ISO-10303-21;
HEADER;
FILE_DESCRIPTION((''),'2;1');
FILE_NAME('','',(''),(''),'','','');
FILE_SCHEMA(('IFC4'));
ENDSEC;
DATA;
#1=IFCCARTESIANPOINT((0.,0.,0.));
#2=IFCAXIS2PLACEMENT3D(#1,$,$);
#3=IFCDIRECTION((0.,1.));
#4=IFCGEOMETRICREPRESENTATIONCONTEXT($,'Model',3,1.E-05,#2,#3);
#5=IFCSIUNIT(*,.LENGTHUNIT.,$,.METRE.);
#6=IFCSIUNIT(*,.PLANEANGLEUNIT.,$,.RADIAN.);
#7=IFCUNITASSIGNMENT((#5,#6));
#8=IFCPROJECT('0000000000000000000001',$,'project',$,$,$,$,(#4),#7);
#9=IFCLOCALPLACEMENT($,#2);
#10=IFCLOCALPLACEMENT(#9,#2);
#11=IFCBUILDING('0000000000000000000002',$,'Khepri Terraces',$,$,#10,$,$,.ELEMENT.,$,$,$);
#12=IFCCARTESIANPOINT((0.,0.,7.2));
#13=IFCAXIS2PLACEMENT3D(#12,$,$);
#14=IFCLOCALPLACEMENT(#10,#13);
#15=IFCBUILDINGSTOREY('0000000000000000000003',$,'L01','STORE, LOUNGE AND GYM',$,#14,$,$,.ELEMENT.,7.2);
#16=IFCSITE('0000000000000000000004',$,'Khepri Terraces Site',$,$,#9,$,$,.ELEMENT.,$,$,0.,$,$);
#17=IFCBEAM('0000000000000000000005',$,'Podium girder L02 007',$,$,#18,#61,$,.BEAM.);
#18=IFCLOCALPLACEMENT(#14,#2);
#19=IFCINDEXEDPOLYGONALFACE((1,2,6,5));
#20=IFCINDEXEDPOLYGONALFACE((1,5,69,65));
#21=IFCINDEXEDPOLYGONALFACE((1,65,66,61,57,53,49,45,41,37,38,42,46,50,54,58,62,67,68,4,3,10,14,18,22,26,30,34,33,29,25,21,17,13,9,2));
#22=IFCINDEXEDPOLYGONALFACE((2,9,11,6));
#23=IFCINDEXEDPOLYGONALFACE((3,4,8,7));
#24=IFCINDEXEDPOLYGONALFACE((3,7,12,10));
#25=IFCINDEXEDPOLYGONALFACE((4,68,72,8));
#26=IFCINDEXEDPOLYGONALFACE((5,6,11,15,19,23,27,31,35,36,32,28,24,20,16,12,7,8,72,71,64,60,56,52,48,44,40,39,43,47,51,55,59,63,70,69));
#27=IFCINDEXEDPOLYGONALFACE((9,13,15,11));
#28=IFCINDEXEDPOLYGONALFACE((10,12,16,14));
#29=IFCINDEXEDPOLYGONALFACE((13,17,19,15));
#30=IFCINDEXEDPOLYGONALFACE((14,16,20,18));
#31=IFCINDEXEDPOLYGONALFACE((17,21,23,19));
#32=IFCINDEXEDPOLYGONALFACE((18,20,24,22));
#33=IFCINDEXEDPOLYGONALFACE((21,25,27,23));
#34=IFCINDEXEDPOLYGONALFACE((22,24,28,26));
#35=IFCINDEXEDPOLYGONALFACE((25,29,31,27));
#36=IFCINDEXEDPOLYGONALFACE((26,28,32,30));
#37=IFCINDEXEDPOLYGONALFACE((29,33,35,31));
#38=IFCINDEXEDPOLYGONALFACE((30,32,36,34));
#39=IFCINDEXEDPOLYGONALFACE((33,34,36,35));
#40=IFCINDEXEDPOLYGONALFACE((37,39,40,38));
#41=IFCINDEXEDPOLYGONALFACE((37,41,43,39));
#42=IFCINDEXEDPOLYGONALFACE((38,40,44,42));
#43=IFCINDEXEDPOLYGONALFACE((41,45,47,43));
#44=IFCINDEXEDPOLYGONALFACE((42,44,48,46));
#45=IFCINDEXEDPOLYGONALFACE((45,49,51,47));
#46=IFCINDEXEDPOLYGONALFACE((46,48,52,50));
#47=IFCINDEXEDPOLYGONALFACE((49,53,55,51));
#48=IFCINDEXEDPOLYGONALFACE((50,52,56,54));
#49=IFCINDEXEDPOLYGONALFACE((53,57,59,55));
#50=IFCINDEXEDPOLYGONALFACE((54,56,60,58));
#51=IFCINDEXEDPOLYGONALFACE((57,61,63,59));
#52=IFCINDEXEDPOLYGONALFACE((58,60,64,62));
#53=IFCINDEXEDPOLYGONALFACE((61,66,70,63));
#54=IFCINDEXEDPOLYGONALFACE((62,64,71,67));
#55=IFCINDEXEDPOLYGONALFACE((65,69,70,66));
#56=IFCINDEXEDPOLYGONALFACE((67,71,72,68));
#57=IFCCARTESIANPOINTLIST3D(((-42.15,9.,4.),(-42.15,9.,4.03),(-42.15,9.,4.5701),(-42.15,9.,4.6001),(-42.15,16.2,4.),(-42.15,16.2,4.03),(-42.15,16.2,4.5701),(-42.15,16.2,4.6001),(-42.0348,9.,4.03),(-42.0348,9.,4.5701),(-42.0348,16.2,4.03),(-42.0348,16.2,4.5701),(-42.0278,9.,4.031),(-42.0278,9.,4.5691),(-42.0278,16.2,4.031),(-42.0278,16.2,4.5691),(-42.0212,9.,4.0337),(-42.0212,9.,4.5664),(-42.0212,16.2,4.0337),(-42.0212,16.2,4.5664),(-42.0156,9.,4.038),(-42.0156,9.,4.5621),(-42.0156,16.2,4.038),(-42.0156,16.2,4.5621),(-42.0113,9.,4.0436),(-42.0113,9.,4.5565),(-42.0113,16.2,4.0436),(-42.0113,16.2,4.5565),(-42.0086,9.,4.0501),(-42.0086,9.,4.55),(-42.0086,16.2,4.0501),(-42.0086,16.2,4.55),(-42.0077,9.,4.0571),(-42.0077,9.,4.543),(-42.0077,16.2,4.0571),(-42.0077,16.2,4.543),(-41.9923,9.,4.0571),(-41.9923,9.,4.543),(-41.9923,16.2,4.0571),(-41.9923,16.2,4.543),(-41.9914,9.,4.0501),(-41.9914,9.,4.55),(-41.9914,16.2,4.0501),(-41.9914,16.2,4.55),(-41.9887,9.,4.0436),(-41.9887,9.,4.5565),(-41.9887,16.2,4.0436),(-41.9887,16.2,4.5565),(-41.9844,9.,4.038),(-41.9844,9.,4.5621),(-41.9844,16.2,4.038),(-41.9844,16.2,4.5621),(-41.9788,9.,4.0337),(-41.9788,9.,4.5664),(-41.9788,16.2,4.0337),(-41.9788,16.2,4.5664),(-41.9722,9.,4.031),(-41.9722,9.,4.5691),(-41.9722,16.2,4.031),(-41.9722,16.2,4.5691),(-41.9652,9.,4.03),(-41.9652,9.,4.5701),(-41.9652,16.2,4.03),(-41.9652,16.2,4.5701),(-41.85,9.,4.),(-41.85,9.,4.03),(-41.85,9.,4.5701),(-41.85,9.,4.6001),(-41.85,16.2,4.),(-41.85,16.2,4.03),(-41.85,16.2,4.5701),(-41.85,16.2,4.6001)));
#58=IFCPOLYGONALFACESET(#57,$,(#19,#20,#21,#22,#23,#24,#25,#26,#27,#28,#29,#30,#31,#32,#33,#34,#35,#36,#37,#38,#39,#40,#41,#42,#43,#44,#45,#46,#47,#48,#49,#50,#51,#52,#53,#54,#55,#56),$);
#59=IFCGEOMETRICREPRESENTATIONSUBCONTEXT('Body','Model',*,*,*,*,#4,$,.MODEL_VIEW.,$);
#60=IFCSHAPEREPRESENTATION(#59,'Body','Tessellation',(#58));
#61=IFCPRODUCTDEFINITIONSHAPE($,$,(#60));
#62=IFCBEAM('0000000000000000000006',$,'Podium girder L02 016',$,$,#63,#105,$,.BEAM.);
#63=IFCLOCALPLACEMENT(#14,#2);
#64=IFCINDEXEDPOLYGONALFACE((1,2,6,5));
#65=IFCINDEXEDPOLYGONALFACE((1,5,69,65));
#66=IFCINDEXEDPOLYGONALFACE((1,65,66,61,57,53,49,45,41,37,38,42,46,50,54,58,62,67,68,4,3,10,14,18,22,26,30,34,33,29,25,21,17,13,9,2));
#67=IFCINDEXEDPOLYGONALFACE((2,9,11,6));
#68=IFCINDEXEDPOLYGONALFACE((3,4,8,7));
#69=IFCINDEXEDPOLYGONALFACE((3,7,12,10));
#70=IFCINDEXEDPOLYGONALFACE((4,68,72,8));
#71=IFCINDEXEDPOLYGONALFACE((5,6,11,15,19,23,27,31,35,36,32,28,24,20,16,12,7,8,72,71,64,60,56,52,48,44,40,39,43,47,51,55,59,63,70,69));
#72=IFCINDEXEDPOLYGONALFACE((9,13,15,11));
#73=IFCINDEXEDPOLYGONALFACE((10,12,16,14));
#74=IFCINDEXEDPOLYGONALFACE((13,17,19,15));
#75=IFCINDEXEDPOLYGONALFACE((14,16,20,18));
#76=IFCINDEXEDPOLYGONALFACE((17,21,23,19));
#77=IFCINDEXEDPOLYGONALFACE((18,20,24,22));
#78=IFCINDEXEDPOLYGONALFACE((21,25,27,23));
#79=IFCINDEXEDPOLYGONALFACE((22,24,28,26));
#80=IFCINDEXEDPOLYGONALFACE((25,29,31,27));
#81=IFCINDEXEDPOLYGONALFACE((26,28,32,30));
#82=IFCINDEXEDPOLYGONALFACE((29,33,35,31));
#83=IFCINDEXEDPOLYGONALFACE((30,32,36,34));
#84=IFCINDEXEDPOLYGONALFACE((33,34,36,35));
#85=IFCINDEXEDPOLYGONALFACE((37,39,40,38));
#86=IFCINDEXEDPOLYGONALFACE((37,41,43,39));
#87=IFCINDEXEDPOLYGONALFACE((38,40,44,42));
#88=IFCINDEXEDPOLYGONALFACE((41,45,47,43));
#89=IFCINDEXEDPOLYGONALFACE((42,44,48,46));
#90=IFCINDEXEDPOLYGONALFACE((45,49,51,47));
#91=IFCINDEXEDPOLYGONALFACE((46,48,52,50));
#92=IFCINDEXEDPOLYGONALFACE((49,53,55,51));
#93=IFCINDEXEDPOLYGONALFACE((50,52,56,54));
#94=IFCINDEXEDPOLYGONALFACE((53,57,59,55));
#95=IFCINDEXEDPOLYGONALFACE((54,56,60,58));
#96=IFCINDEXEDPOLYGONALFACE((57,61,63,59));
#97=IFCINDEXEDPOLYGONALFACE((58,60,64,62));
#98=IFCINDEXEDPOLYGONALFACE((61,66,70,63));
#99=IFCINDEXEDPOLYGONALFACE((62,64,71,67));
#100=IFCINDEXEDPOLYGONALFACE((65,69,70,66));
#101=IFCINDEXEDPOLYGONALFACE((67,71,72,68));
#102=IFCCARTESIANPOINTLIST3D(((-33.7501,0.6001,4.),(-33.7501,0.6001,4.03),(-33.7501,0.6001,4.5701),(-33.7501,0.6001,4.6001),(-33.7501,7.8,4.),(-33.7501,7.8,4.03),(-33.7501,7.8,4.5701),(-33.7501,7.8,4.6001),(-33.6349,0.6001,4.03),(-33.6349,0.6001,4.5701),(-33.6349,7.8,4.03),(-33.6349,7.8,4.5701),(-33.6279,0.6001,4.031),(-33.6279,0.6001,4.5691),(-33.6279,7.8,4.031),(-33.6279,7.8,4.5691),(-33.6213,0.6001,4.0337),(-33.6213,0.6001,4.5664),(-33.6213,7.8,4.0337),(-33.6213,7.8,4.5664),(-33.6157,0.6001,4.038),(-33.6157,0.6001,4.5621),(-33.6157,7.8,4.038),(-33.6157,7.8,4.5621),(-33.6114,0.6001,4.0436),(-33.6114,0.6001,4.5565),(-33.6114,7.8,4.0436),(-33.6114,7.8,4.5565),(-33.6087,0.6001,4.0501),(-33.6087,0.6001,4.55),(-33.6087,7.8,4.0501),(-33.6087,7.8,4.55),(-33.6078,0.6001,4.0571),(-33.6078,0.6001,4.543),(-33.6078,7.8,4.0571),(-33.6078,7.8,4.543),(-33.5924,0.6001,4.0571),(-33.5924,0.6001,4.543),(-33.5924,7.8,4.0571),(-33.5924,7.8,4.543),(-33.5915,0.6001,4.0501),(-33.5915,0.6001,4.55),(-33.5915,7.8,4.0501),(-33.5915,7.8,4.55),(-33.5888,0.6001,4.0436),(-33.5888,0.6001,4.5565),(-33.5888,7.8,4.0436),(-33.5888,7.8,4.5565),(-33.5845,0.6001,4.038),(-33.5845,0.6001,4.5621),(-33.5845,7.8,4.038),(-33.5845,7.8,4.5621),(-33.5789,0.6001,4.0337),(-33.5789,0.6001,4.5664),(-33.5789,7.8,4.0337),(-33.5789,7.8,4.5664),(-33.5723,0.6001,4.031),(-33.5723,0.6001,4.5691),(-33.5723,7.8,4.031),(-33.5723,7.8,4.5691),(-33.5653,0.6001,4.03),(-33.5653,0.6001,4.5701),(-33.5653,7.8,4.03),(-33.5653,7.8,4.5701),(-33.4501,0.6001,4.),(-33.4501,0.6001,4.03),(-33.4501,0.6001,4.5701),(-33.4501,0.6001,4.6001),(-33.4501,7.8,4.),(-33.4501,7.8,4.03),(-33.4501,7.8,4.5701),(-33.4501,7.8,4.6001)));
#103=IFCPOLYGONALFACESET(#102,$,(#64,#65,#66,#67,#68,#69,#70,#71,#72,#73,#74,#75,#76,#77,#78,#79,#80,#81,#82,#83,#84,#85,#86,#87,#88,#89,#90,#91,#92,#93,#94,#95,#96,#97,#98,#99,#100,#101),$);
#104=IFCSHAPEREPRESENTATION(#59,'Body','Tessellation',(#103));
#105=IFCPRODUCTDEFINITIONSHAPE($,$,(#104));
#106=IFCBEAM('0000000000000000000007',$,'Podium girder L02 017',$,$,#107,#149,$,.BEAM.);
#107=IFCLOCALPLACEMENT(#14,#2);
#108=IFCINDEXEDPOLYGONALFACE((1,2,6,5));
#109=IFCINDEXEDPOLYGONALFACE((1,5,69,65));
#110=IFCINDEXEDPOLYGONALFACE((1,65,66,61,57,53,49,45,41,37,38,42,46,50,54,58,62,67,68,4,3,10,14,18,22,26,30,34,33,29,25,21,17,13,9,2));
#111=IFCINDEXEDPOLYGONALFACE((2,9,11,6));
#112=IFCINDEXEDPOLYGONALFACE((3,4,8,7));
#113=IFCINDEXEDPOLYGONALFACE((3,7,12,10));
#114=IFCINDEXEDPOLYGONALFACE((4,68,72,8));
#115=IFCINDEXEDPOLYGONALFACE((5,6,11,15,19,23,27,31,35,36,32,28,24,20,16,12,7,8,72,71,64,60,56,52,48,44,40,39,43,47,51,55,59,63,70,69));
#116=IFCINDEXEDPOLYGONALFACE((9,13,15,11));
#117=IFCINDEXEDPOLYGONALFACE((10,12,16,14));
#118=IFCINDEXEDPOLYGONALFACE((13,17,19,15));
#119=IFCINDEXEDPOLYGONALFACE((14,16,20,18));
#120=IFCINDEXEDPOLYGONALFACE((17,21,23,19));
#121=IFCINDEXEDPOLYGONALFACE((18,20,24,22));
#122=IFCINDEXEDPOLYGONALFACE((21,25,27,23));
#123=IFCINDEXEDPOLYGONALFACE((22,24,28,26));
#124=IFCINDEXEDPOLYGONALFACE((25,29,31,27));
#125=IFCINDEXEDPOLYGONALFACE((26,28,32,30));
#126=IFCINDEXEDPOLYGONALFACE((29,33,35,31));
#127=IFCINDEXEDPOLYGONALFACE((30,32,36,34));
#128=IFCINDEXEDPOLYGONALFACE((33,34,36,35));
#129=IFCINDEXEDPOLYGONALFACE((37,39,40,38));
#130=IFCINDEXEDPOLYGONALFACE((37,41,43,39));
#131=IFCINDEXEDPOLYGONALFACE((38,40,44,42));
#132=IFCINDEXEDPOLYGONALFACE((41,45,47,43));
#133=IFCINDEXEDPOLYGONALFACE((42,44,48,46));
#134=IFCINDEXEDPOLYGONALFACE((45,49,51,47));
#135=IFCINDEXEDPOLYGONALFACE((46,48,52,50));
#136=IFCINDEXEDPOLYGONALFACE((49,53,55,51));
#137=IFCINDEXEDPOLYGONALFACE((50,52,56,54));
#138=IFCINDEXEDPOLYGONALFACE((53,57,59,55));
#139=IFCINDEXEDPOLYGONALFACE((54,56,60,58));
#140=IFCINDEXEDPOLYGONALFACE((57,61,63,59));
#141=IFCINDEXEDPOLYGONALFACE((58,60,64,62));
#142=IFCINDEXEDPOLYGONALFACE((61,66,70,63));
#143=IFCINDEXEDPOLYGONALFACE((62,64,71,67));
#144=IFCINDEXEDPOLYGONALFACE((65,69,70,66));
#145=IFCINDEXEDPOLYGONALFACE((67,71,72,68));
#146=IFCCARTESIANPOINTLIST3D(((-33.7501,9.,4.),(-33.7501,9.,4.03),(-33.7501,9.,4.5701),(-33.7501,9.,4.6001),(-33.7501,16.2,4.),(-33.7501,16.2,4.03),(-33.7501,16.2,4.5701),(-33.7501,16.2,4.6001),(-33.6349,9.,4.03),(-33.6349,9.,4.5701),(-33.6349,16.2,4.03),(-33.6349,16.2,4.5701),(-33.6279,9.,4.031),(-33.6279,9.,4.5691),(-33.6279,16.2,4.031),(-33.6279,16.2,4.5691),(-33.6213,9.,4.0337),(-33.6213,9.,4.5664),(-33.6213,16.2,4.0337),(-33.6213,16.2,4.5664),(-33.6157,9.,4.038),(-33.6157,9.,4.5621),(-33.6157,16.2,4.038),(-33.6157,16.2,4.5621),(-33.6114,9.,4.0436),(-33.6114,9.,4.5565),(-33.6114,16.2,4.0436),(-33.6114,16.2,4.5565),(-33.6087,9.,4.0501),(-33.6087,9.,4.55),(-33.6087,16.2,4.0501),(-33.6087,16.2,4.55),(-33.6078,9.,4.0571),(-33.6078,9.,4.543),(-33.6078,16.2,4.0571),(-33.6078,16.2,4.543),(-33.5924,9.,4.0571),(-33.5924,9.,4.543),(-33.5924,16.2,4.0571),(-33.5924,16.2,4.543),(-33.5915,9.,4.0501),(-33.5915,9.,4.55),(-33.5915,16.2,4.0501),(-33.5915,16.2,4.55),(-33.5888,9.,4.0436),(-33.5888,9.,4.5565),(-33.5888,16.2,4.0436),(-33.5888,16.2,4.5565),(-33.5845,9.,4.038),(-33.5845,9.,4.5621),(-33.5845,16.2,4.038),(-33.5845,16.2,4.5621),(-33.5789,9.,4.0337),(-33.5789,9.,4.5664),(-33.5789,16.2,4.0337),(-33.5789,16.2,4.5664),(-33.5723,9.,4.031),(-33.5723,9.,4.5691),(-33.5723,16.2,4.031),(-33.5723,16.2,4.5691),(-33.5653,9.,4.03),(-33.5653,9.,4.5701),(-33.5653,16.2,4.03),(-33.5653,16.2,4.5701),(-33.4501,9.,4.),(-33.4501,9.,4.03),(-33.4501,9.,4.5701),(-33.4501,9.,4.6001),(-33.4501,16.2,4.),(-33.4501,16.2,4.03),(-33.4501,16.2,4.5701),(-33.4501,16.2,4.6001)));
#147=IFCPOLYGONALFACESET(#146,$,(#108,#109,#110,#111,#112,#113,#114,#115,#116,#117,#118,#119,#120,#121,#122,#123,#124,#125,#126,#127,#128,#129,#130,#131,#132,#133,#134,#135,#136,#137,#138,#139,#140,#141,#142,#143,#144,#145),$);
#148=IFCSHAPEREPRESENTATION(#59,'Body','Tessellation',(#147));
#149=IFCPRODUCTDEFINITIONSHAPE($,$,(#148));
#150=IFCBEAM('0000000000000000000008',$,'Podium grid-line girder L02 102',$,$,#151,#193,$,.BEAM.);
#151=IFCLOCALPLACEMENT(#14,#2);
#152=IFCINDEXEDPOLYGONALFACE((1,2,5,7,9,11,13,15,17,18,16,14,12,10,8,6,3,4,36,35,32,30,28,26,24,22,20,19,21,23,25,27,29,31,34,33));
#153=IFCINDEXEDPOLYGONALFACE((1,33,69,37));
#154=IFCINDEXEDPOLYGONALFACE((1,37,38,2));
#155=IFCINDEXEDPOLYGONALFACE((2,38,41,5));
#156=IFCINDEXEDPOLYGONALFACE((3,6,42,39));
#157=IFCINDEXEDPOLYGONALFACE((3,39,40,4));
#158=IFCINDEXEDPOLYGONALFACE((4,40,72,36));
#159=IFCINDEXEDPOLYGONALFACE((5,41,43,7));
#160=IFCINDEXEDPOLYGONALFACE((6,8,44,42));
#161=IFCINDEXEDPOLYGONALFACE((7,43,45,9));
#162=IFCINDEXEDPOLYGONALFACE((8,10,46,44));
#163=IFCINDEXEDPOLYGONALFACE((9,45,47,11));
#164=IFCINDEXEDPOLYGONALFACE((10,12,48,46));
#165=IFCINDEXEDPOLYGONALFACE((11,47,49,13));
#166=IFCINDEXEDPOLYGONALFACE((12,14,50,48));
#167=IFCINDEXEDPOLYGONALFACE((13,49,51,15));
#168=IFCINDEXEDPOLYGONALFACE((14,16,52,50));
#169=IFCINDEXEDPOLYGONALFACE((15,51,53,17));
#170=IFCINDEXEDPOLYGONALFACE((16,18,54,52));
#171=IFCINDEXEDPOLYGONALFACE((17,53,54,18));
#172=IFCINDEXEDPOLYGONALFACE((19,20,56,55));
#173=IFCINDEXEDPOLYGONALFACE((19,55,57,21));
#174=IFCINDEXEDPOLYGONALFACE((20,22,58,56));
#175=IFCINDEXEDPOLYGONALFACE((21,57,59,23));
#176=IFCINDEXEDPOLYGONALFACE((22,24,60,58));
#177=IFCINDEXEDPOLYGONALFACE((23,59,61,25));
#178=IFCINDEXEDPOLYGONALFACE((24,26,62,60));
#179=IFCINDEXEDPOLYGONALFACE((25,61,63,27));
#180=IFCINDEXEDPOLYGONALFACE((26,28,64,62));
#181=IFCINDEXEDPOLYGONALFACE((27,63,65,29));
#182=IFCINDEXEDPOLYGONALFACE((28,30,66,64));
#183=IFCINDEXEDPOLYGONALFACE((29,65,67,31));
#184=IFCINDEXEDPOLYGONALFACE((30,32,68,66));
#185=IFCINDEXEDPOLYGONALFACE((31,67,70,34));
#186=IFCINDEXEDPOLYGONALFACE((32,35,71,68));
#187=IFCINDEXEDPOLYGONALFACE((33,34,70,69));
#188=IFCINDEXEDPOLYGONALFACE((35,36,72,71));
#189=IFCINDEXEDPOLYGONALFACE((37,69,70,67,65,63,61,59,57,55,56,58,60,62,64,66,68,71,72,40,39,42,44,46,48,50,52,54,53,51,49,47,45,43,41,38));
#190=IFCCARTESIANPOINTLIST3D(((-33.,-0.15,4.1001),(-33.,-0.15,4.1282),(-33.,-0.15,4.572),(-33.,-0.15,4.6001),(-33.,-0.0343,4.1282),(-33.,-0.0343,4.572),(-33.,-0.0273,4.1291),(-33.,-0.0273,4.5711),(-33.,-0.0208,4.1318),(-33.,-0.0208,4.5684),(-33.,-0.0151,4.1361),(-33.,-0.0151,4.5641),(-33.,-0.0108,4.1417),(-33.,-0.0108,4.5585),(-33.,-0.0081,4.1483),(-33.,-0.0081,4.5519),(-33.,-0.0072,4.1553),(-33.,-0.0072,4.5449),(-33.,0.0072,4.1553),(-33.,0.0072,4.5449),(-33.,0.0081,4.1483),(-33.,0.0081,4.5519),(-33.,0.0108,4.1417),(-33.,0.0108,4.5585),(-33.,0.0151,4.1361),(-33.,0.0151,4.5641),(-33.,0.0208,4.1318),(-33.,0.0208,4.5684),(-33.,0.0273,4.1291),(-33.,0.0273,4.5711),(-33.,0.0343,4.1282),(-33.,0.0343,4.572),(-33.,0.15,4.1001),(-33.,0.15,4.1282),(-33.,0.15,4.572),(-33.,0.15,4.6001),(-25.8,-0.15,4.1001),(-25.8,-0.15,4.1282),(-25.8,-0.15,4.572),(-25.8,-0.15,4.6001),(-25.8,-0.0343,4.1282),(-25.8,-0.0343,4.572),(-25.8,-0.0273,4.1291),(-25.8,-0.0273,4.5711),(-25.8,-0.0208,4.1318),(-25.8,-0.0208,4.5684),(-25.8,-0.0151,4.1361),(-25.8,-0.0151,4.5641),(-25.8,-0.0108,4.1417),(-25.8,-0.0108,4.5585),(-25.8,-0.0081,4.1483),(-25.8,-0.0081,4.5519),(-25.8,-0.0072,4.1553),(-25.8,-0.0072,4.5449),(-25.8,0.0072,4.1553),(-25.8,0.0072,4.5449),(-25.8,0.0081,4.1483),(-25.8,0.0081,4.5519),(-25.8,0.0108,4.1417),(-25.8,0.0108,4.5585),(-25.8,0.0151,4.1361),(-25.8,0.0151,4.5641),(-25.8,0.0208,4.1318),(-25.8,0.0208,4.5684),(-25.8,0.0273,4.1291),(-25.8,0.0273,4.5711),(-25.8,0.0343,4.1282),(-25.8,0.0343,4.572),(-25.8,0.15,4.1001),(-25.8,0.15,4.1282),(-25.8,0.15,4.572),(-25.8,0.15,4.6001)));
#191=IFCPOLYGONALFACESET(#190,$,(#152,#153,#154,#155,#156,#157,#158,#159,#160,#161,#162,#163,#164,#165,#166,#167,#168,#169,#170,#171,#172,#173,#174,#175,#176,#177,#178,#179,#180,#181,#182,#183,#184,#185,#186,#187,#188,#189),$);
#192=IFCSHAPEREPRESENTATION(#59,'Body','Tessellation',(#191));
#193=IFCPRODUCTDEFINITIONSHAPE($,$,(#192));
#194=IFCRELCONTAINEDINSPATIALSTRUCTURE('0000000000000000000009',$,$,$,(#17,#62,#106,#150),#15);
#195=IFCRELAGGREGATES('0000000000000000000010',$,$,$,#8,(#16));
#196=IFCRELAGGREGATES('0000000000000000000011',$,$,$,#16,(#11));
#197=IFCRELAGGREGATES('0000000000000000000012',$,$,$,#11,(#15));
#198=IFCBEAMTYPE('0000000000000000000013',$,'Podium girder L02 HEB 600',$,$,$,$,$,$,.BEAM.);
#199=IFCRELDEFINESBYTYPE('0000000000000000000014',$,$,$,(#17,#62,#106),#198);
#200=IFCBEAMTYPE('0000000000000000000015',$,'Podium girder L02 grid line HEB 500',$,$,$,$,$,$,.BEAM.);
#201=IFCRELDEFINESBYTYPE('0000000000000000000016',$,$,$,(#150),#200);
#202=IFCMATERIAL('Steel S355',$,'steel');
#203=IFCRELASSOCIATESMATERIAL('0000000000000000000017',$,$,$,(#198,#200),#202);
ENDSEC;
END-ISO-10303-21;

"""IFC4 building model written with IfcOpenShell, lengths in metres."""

from ifc_helpers import new_model, si_unit, direction, frame, origin, origin_2d, place, context, subcontext, project, spatial, i_section, extrude, material, material_profile, profile_set, type_object, element, save


model = new_model("IFC4")

# Units and contexts
model_context = context("Model", 3, precision=1e-05, world=origin(), true_north=direction((0.0, 1.0)))
body_context = subcontext(model_context, "Body", "Model", "MODEL_VIEW")
ifc_project = project(units=[si_unit("LENGTHUNIT", "METRE"), si_unit("PLANEANGLEUNIT", "RADIAN")], contexts=[model_context])

# Site, building, storey
site_placement = place(None, origin())
site = spatial("IfcSite", under=ifc_project, at=site_placement, Name="Khepri Terraces Site", CompositionType="ELEMENT", RefElevation=0.0)
building_placement = place(site_placement, origin())
building = spatial("IfcBuilding", under=site, at=building_placement, Name="Khepri Terraces", CompositionType="ELEMENT")
storey_placement = place(building_placement, frame((0.0, 0.0, 7.2)))
storey = spatial("IfcBuildingStorey", under=building, at=storey_placement, Name="L01", Description="STORE, LOUNGE AND GYM", CompositionType="ELEMENT", Elevation=7.2)

# Beams
ifc_material_1 = material(Name="Steel S355", Category="steel")
ifc_material_profile_1 = material_profile(ifc_material_1, i_section(OverallWidth=0.3, OverallDepth=0.6001, WebThickness=0.0154, FlangeThickness=0.03, FilletRadius=0.0271, at=origin_2d()), Name="Steel S355", Category="steel")
ifc_profile_set_1 = profile_set([ifc_material_profile_1], Name="Steel S355")
beam_type_1 = type_object("IfcBeamType", Name="Podium girder L02 HEB 600", PredefinedType="BEAM", material=ifc_profile_set_1)
for number, where, z_axis, x_axis, name in (
    (1, (-42.0, 9.0, 4.3), (0.0, 1.0, 0.0), (-1.0, 0.0, 0.0), "Podium girder L02 007"),
    (2, (-33.6001, 0.6001, 4.3), (0.0, 1.0, 0.0), (-1.0, 0.0, 0.0), "Podium girder L02 016"),
    (3, (-33.6001, 9.0, 4.3), (0.0, 1.0, 0.0), (-1.0, 0.0, 0.0), "Podium girder L02 017"),
):
    element("IfcBeam", number, at=place(storey_placement, frame(where, z_axis=z_axis, x_axis=x_axis)), inside=storey, type_object=beam_type_1, Name=name, PredefinedType="BEAM", context=body_context, shape_type="SweptSolid", body=[
        extrude(i_section(OverallWidth=0.3, OverallDepth=0.6001, WebThickness=0.0154, FlangeThickness=0.03, FilletRadius=0.0271, at=origin_2d()), origin(), (0.0, 0.0, 1.0), 7.2),
    ])
ifc_material_profile_2 = material_profile(ifc_material_1, i_section(OverallWidth=0.3, OverallDepth=0.5, WebThickness=0.0144, FlangeThickness=0.0281, FilletRadius=0.0271, at=origin_2d()), Name="Steel S355", Category="steel")
ifc_profile_set_2 = profile_set([ifc_material_profile_2], Name="Steel S355")
beam_type_2 = type_object("IfcBeamType", Name="Podium girder L02 grid line HEB 500", PredefinedType="BEAM", material=ifc_profile_set_2)
for number, where, z_axis, x_axis, name in (
    (4, (-33.0, 0.0, 4.3501), (1.0, 0.0, 0.0), (0.0, 1.0, 0.0), "Podium grid-line girder L02 102"),
):
    element("IfcBeam", number, at=place(storey_placement, frame(where, z_axis=z_axis, x_axis=x_axis)), inside=storey, type_object=beam_type_2, Name=name, PredefinedType="BEAM", context=body_context, shape_type="SweptSolid", body=[
        extrude(i_section(OverallWidth=0.3, OverallDepth=0.5, WebThickness=0.0144, FlangeThickness=0.0281, FilletRadius=0.0271, at=origin_2d()), origin(), (0.0, 0.0, 1.0), 7.2),
    ])

save(model, "model.ifc")
